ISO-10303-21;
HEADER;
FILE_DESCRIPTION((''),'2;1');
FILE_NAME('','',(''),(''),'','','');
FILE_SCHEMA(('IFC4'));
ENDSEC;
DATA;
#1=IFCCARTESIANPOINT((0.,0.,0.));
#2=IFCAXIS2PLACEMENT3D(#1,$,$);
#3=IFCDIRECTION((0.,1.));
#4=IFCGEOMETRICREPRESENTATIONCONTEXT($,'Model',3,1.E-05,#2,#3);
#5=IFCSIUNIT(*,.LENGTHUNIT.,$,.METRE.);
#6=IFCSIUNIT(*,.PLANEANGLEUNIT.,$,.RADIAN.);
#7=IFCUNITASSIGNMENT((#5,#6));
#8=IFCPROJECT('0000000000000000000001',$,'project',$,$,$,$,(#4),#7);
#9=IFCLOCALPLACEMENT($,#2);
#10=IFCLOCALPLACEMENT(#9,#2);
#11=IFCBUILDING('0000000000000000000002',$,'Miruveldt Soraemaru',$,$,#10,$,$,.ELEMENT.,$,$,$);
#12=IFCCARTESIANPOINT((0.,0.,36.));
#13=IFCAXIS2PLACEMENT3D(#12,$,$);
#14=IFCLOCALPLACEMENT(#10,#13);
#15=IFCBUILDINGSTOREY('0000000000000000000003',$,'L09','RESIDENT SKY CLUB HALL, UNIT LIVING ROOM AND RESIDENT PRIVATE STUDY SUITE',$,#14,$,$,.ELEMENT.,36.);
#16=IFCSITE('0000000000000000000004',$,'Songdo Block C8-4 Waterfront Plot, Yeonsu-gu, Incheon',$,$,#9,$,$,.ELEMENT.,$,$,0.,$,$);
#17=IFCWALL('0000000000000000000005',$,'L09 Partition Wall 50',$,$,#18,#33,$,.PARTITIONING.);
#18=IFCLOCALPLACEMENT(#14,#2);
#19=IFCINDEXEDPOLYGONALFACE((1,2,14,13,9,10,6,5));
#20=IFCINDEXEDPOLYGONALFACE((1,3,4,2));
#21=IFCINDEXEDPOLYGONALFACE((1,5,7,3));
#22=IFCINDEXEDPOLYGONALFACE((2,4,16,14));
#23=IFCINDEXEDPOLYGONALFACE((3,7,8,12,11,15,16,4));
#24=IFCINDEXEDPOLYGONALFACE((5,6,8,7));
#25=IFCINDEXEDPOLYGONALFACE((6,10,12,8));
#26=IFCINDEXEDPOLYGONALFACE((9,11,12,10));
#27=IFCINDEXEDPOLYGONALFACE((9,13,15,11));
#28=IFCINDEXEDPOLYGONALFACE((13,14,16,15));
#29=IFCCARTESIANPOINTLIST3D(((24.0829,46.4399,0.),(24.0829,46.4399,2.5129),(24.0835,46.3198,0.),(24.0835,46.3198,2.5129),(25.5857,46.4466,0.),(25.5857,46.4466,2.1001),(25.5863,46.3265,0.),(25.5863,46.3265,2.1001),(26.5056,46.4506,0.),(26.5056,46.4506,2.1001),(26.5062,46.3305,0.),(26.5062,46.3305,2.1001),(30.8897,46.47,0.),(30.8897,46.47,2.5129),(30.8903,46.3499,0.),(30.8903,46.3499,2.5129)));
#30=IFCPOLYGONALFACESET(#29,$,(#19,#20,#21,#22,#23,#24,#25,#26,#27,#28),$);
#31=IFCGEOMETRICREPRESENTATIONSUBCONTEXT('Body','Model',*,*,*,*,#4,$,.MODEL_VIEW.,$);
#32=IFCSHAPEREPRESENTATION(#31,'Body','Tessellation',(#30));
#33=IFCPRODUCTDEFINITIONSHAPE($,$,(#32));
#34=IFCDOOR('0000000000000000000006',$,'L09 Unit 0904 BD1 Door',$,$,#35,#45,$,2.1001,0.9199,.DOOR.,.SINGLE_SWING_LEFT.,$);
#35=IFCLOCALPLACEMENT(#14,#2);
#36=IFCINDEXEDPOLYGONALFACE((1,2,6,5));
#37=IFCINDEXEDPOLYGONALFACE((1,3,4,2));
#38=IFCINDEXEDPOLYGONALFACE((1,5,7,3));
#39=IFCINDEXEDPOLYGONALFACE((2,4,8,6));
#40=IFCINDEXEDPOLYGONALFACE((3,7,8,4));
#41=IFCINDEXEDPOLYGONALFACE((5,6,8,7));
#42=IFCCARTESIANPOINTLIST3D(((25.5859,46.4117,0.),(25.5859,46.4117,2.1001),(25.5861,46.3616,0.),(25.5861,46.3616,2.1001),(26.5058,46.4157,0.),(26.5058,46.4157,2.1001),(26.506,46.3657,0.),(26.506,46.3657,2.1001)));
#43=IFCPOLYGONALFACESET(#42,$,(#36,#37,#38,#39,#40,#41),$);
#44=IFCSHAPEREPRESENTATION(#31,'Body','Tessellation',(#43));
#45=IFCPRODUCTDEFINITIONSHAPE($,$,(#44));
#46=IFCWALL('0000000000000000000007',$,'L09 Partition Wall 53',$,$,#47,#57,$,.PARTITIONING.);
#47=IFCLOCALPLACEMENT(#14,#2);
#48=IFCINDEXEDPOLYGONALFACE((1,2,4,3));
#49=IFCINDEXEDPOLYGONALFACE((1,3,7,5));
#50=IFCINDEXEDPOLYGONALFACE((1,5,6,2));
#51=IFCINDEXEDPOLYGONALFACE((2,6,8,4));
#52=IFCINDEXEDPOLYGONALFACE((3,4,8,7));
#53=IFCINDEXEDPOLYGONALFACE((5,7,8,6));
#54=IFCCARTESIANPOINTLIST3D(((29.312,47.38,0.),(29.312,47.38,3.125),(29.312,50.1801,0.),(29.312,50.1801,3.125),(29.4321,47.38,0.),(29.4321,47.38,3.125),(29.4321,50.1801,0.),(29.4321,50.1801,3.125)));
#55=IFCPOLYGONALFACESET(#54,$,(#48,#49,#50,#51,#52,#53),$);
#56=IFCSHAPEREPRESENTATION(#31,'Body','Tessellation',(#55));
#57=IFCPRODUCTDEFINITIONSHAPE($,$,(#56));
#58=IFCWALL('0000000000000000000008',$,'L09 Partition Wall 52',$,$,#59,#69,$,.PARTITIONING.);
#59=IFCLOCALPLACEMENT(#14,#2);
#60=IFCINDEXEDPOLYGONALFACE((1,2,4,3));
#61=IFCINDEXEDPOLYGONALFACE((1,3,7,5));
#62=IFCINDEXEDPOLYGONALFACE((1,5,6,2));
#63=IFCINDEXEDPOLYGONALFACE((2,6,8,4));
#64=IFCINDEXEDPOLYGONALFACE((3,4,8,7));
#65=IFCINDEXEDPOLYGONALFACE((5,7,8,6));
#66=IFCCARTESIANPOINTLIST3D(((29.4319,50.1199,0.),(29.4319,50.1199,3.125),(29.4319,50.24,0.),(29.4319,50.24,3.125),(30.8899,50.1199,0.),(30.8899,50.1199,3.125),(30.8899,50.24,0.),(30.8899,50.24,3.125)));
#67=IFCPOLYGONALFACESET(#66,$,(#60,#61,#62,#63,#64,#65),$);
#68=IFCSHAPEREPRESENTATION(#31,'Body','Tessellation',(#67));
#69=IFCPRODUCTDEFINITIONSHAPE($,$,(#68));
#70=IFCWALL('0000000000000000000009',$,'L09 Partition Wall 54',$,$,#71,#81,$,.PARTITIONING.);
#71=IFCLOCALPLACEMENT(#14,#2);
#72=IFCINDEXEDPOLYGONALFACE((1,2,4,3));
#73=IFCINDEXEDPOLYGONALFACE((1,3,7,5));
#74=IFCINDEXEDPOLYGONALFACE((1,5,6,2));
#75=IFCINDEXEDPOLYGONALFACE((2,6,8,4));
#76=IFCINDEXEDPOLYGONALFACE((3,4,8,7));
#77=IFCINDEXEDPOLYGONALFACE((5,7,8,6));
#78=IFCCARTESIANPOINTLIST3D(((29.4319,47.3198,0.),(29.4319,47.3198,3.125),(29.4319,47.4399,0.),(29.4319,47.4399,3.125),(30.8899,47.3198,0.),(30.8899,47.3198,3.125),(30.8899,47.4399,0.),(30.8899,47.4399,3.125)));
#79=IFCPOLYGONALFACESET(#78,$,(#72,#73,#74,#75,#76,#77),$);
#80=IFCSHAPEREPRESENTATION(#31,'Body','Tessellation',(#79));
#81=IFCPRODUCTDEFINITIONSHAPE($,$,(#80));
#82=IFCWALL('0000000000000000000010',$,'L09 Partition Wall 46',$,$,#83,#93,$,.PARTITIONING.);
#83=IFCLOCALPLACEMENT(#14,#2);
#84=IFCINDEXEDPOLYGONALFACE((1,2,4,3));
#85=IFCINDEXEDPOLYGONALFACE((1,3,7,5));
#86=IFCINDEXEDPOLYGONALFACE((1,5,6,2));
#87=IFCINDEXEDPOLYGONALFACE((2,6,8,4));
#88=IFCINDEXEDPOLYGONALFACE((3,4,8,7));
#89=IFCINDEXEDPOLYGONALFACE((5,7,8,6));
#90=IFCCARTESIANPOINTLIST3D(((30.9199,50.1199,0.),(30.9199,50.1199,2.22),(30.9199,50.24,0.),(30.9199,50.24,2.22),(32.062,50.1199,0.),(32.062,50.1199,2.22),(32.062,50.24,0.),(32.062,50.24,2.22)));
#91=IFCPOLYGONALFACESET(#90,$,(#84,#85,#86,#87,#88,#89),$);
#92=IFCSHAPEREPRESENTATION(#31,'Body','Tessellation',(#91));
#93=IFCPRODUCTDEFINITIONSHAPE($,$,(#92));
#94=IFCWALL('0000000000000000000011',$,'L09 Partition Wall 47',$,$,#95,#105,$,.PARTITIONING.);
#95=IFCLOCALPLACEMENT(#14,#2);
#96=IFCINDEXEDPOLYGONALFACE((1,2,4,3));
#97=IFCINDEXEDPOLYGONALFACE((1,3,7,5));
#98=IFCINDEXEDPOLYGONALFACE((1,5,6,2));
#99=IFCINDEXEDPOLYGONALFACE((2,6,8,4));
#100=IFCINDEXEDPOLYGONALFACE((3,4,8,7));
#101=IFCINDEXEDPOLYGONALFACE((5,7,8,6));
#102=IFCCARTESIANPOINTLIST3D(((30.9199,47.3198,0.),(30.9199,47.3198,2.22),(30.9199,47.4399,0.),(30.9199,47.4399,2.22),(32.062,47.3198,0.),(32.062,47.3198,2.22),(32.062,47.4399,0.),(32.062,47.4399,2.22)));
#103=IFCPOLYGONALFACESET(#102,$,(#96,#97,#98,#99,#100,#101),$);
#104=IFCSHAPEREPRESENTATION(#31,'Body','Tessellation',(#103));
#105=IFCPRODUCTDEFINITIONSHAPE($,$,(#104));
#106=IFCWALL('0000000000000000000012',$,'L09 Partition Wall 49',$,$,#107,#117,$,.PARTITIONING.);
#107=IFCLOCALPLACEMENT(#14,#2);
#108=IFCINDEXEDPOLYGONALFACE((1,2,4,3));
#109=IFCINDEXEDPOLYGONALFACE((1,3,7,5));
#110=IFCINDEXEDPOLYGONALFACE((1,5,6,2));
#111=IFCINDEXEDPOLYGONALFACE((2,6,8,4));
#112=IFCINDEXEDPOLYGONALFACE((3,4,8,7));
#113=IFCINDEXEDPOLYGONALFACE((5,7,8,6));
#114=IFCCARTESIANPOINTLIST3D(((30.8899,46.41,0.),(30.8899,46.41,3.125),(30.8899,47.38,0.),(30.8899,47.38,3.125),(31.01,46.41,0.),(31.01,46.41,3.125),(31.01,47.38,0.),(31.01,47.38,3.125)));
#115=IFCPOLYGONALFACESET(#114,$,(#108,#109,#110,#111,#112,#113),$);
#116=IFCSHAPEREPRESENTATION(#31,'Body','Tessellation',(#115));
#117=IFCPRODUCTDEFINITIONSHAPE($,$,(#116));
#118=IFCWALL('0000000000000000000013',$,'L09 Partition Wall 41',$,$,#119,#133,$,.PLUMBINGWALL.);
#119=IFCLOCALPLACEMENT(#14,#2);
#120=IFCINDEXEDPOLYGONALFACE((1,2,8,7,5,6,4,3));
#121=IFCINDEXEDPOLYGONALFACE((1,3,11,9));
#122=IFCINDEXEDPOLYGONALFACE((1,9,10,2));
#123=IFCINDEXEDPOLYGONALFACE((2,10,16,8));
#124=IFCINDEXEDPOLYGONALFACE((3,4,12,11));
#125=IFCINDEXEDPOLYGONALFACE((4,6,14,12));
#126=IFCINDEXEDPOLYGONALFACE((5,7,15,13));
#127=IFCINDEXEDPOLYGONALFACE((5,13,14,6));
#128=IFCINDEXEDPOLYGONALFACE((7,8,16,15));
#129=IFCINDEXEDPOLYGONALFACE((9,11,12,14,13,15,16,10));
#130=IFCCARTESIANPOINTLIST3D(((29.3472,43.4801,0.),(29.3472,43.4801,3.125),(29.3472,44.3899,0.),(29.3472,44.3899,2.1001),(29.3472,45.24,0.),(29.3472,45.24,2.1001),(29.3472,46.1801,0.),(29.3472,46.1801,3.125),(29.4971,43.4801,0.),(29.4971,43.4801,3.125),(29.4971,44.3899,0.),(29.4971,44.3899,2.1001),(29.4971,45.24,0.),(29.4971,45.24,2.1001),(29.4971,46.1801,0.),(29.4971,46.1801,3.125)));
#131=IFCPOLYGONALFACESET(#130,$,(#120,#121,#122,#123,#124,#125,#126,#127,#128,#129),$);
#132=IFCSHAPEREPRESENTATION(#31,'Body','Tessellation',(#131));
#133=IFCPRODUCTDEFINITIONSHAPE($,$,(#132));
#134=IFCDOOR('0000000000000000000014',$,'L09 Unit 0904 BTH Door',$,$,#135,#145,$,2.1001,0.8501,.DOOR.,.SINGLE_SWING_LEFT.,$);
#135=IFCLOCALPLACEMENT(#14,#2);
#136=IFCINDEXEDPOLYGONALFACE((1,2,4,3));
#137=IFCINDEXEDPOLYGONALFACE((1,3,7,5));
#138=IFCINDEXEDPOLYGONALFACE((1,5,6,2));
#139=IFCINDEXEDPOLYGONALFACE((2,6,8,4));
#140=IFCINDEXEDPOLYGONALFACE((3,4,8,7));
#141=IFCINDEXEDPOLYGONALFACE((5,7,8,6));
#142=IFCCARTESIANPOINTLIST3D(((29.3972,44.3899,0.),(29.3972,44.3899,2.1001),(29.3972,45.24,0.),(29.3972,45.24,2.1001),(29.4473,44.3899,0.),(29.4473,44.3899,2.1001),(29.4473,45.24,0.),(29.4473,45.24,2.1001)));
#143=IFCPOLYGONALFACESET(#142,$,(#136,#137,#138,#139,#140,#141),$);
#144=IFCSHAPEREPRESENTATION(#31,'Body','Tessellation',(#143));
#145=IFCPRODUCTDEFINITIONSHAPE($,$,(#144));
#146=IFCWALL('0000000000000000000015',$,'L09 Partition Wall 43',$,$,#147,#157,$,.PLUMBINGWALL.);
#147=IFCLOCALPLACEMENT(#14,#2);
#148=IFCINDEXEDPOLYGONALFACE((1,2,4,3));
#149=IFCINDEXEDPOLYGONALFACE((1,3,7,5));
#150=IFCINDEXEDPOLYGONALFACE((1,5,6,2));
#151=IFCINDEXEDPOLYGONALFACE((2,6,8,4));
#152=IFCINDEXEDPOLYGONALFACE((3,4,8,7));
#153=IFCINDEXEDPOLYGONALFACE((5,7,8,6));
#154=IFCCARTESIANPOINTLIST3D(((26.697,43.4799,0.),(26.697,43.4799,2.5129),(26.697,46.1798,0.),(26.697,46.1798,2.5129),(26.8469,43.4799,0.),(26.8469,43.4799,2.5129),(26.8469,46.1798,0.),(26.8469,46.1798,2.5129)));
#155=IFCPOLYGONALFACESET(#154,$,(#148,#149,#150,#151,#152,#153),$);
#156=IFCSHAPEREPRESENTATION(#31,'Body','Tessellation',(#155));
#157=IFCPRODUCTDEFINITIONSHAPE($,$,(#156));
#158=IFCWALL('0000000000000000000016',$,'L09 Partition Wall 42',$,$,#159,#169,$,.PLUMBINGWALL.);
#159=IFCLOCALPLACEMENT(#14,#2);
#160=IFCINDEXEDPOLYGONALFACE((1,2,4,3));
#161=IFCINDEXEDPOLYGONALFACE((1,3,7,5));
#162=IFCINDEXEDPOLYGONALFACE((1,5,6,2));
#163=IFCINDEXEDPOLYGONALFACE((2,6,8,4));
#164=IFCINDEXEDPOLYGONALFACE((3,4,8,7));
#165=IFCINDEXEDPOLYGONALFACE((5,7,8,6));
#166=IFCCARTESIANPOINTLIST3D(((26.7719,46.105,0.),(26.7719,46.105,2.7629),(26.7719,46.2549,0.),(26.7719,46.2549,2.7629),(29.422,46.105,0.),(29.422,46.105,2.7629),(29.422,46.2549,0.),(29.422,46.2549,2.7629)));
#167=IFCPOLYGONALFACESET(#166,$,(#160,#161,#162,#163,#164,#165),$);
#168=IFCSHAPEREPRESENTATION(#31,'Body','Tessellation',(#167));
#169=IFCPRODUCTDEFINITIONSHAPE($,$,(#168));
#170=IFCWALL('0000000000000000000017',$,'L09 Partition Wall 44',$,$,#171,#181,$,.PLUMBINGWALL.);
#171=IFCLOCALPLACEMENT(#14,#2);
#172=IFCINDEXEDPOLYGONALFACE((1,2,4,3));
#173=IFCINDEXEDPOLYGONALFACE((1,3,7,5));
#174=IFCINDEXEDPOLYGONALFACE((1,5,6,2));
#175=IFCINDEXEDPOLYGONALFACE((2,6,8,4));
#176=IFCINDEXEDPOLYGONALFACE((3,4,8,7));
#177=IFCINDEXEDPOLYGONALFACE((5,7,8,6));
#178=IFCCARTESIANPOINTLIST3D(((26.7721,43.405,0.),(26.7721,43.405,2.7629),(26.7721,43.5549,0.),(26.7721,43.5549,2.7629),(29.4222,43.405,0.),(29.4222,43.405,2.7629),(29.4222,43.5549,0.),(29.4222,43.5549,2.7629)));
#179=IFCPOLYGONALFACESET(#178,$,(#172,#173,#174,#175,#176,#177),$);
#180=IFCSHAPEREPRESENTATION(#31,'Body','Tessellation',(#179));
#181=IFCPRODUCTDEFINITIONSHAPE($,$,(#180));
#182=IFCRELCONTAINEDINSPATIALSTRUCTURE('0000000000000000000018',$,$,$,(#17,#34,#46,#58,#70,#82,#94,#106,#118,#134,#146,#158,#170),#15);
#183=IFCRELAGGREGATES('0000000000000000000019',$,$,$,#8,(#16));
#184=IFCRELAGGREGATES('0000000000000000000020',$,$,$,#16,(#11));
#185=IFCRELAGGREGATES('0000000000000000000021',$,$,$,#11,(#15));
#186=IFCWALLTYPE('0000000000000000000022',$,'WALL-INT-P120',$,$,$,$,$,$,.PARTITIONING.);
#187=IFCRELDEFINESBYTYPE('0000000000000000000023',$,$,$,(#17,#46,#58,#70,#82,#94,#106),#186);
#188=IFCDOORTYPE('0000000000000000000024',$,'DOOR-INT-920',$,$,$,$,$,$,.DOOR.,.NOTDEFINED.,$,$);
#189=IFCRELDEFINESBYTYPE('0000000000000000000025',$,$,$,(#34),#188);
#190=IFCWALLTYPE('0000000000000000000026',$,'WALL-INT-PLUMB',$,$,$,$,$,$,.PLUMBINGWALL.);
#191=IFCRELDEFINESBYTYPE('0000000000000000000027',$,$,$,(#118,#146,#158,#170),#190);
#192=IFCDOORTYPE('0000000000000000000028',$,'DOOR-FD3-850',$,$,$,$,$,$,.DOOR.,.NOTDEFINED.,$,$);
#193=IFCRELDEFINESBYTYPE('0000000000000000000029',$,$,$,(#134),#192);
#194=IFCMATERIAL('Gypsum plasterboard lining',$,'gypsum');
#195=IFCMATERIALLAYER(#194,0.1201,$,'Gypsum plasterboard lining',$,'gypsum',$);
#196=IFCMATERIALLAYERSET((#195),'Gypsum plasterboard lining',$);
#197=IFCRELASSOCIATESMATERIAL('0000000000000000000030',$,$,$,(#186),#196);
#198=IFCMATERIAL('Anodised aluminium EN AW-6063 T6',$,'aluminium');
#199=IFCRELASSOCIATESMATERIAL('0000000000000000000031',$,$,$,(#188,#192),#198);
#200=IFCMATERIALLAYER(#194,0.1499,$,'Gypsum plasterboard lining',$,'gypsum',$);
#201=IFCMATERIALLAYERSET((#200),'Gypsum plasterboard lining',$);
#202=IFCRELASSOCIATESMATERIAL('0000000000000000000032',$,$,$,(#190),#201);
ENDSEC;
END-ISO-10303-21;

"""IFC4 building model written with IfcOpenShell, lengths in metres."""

from ifc_helpers import new_model, si_unit, direction, frame, frame_2d, origin, place, context, subcontext, project, spatial, rectangle, extrude, material, layer, layer_set, type_object, element, fill, save


model = new_model("IFC4")

# Units and contexts
model_context = context("Model", 3, precision=1e-05, world=origin(), true_north=direction((0.0, 1.0)))
body_context = subcontext(model_context, "Body", "Model", "MODEL_VIEW")
ifc_project = project(units=[si_unit("LENGTHUNIT", "METRE"), si_unit("PLANEANGLEUNIT", "RADIAN")], contexts=[model_context])

# Site, building, storey
site_placement = place(None, origin())
site = spatial("IfcSite", under=ifc_project, at=site_placement, Name="Songdo Block C8-4 Waterfront Plot, Yeonsu-gu, Incheon", CompositionType="ELEMENT", RefElevation=0.0)
building_placement = place(site_placement, origin())
building = spatial("IfcBuilding", under=site, at=building_placement, Name="Miruveldt Soraemaru", CompositionType="ELEMENT")
storey_placement = place(building_placement, frame((0.0, 0.0, 36.0)))
storey = spatial("IfcBuildingStorey", under=building, at=storey_placement, Name="L09", Description="RESIDENT SKY CLUB HALL, UNIT LIVING ROOM AND RESIDENT PRIVATE STUDY SUITE", CompositionType="ELEMENT", Elevation=36.0)

# Shared definitions
ifc_material_1 = material(Name="Anodised aluminium EN AW-6063 T6", Category="aluminium")

# Wall, opening, door
ifc_material_2 = material(Name="Gypsum plasterboard lining", Category="gypsum")
ifc_layer_1 = layer(ifc_material_2, 0.1201, Name="Gypsum plasterboard lining", Category="gypsum")
ifc_layer_set_1 = layer_set([ifc_layer_1], Name="Gypsum plasterboard lining")
wall_type_1 = type_object("IfcWallType", Name="WALL-INT-P120", PredefinedType="PARTITIONING", material=ifc_layer_set_1)
wall_1_placement = place(storey_placement, frame((30.8899, 46.4099, 0.0), z_axis=(0.0, 0.0, 1.0), x_axis=(-0.99999, -0.004412, 0.0)))
wall_1 = element("IfcWall", 1, at=wall_1_placement, inside=storey, type_object=wall_type_1, Name="L09 Partition Wall 50", PredefinedType="PARTITIONING", context=body_context, shape_type="SweptSolid", body=[
    extrude(rectangle(XDim=6.8069, YDim=0.1201, at=frame_2d((3.4033, 0.0))), origin(), (0.0, 0.0, 1.0), 2.5129),
])
opening_1_placement = place(wall_1_placement, frame((4.384, 0.0, 0.0)))
opening_1 = element("IfcOpeningElement", 2, at=opening_1_placement, cuts=wall_1, PredefinedType="OPENING", context=body_context, shape_type="SweptSolid", body=[
    extrude(rectangle(XDim=0.9199, YDim=2.1001, at=frame_2d((0.46, 1.05))), frame((0.0, 0.0701, 0.0), z_axis=(0.0, -1.0, 0.0), x_axis=(1.0, 0.0, 0.0)), (0.0, 0.0, 1.0), 0.1401),
])
door_type_1 = type_object("IfcDoorType", Name="DOOR-INT-920", OperationType="NOTDEFINED", PredefinedType="DOOR", material=ifc_material_1)
door_1_placement = place(opening_1_placement, origin())
door_1 = element("IfcDoor", 3, at=door_1_placement, inside=storey, type_object=door_type_1, Name="L09 Unit 0904 BD1 Door", OperationType="SINGLE_SWING_LEFT", OverallHeight=2.1001, OverallWidth=0.9199, PredefinedType="DOOR", context=body_context, shape_type="SweptSolid", body=[
    extrude(rectangle(XDim=0.9199, YDim=2.1001, at=frame_2d((0.46, 1.05))), frame((0.0, 0.0249, 0.0), z_axis=(0.0, -1.0, 0.0), x_axis=(1.0, 0.0, 0.0)), (0.0, 0.0, 1.0), 0.05),
])
fill(opening_1, door_1)

# Walls
wall_2_placement = place(storey_placement, frame((29.3721, 50.1799, 0.0), z_axis=(0.0, 0.0, 1.0), x_axis=(0.0, -1.0, 0.0)))
element("IfcWall", 4, at=wall_2_placement, inside=storey, type_object=wall_type_1, Name="L09 Partition Wall 53", PredefinedType="PARTITIONING", context=body_context, shape_type="SweptSolid", body=[
    extrude(rectangle(XDim=2.8, YDim=0.1201, at=frame_2d((1.3999, 0.0))), origin(), (0.0, 0.0, 1.0), 3.125),
])
for number, where, z_axis, x_axis, name in (
    (5, (30.8899, 50.1799, 0.0), (0.0, 0.0, 1.0), (-1.0, 0.0, 0.0), "L09 Partition Wall 52"),
    (6, (29.4319, 47.3799, 0.0), (0.0, 0.0, 1.0), (1.0, 0.0, 0.0), "L09 Partition Wall 54"),
):
    element("IfcWall", number, at=place(storey_placement, frame(where, z_axis=z_axis, x_axis=x_axis)), inside=storey, type_object=wall_type_1, Name=name, PredefinedType="PARTITIONING", context=body_context, shape_type="SweptSolid", body=[
        extrude(rectangle(XDim=1.458, YDim=0.1201, at=frame_2d((0.729, 0.0))), origin(), (0.0, 0.0, 1.0), 3.125),
    ])
for number, where, z_axis, x_axis, name in (
    (7, (32.062, 50.1799, 0.0), (0.0, 0.0, 1.0), (-1.0, 0.0, 0.0), "L09 Partition Wall 46"),
    (8, (30.9199, 47.3799, 0.0), (0.0, 0.0, 1.0), (1.0, 0.0, 0.0), "L09 Partition Wall 47"),
):
    element("IfcWall", number, at=place(storey_placement, frame(where, z_axis=z_axis, x_axis=x_axis)), inside=storey, type_object=wall_type_1, Name=name, PredefinedType="PARTITIONING", context=body_context, shape_type="SweptSolid", body=[
        extrude(rectangle(XDim=1.1421, YDim=0.1201, at=frame_2d((0.571, 0.0))), origin(), (0.0, 0.0, 1.0), 2.22),
    ])
wall_3_placement = place(storey_placement, frame((30.95, 47.3799, 0.0), z_axis=(0.0, 0.0, 1.0), x_axis=(0.0, -1.0, 0.0)))
element("IfcWall", 9, at=wall_3_placement, inside=storey, type_object=wall_type_1, Name="L09 Partition Wall 49", PredefinedType="PARTITIONING", context=body_context, shape_type="SweptSolid", body=[
    extrude(rectangle(XDim=0.97, YDim=0.1201, at=frame_2d((0.4849, 0.0))), origin(), (0.0, 0.0, 1.0), 3.125),
])

# Wall, opening, door
ifc_layer_2 = layer(ifc_material_2, 0.1499, Name="Gypsum plasterboard lining", Category="gypsum")
ifc_layer_set_2 = layer_set([ifc_layer_2], Name="Gypsum plasterboard lining")
wall_type_2 = type_object("IfcWallType", Name="WALL-INT-PLUMB", PredefinedType="PLUMBINGWALL", material=ifc_layer_set_2)
wall_4_placement = place(storey_placement, frame((29.4221, 43.48, 0.0), z_axis=(0.0, 0.0, 1.0), x_axis=(0.0, 1.0, 0.0)))
wall_4 = element("IfcWall", 10, at=wall_4_placement, inside=storey, type_object=wall_type_2, Name="L09 Partition Wall 41", PredefinedType="PLUMBINGWALL", context=body_context, shape_type="SweptSolid", body=[
    extrude(rectangle(XDim=2.7, YDim=0.1499, at=frame_2d((1.3501, 0.0))), origin(), (0.0, 0.0, 1.0), 3.125),
])
opening_2_placement = place(wall_4_placement, frame((0.9099, 0.0, 0.0)))
opening_2 = element("IfcOpeningElement", 11, at=opening_2_placement, cuts=wall_4, PredefinedType="OPENING", context=body_context, shape_type="SweptSolid", body=[
    extrude(rectangle(XDim=0.8501, YDim=2.1001, at=frame_2d((0.425, 1.05))), frame((0.0, 0.085, 0.0), z_axis=(0.0, -1.0, 0.0), x_axis=(1.0, 0.0, 0.0)), (0.0, 0.0, 1.0), 0.1699),
])
door_type_2 = type_object("IfcDoorType", Name="DOOR-FD3-850", OperationType="NOTDEFINED", PredefinedType="DOOR", material=ifc_material_1)
door_2_placement = place(opening_2_placement, origin())
door_2 = element("IfcDoor", 12, at=door_2_placement, inside=storey, type_object=door_type_2, Name="L09 Unit 0904 BTH Door", OperationType="SINGLE_SWING_LEFT", OverallHeight=2.1001, OverallWidth=0.8501, PredefinedType="DOOR", context=body_context, shape_type="SweptSolid", body=[
    extrude(rectangle(XDim=0.8501, YDim=2.1001, at=frame_2d((0.425, 1.05))), frame((0.0, 0.0249, 0.0), z_axis=(0.0, -1.0, 0.0), x_axis=(1.0, 0.0, 0.0)), (0.0, 0.0, 1.0), 0.05),
])
fill(opening_2, door_2)

# Walls
wall_5_placement = place(storey_placement, frame((26.772, 46.1799, 0.0), z_axis=(0.0, 0.0, 1.0), x_axis=(0.0, -1.0, 0.0)))
element("IfcWall", 13, at=wall_5_placement, inside=storey, type_object=wall_type_2, Name="L09 Partition Wall 43", PredefinedType="PLUMBINGWALL", context=body_context, shape_type="SweptSolid", body=[
    extrude(rectangle(XDim=2.7, YDim=0.1499, at=frame_2d((1.3501, 0.0))), origin(), (0.0, 0.0, 1.0), 2.5129),
])
for number, where, z_axis, x_axis, name in (
    (14, (29.4221, 46.1799, 0.0), (0.0, 0.0, 1.0), (-1.0, 0.0, 0.0), "L09 Partition Wall 42"),
    (15, (26.772, 43.48, 0.0), (0.0, 0.0, 1.0), (1.0, 0.0, 0.0), "L09 Partition Wall 44"),
):
    element("IfcWall", number, at=place(storey_placement, frame(where, z_axis=z_axis, x_axis=x_axis)), inside=storey, type_object=wall_type_2, Name=name, PredefinedType="PLUMBINGWALL", context=body_context, shape_type="SweptSolid", body=[
        extrude(rectangle(XDim=2.6501, YDim=0.1499, at=frame_2d((1.3252, 0.0))), origin(), (0.0, 0.0, 1.0), 2.7629),
    ])

save(model, "model.ifc")
